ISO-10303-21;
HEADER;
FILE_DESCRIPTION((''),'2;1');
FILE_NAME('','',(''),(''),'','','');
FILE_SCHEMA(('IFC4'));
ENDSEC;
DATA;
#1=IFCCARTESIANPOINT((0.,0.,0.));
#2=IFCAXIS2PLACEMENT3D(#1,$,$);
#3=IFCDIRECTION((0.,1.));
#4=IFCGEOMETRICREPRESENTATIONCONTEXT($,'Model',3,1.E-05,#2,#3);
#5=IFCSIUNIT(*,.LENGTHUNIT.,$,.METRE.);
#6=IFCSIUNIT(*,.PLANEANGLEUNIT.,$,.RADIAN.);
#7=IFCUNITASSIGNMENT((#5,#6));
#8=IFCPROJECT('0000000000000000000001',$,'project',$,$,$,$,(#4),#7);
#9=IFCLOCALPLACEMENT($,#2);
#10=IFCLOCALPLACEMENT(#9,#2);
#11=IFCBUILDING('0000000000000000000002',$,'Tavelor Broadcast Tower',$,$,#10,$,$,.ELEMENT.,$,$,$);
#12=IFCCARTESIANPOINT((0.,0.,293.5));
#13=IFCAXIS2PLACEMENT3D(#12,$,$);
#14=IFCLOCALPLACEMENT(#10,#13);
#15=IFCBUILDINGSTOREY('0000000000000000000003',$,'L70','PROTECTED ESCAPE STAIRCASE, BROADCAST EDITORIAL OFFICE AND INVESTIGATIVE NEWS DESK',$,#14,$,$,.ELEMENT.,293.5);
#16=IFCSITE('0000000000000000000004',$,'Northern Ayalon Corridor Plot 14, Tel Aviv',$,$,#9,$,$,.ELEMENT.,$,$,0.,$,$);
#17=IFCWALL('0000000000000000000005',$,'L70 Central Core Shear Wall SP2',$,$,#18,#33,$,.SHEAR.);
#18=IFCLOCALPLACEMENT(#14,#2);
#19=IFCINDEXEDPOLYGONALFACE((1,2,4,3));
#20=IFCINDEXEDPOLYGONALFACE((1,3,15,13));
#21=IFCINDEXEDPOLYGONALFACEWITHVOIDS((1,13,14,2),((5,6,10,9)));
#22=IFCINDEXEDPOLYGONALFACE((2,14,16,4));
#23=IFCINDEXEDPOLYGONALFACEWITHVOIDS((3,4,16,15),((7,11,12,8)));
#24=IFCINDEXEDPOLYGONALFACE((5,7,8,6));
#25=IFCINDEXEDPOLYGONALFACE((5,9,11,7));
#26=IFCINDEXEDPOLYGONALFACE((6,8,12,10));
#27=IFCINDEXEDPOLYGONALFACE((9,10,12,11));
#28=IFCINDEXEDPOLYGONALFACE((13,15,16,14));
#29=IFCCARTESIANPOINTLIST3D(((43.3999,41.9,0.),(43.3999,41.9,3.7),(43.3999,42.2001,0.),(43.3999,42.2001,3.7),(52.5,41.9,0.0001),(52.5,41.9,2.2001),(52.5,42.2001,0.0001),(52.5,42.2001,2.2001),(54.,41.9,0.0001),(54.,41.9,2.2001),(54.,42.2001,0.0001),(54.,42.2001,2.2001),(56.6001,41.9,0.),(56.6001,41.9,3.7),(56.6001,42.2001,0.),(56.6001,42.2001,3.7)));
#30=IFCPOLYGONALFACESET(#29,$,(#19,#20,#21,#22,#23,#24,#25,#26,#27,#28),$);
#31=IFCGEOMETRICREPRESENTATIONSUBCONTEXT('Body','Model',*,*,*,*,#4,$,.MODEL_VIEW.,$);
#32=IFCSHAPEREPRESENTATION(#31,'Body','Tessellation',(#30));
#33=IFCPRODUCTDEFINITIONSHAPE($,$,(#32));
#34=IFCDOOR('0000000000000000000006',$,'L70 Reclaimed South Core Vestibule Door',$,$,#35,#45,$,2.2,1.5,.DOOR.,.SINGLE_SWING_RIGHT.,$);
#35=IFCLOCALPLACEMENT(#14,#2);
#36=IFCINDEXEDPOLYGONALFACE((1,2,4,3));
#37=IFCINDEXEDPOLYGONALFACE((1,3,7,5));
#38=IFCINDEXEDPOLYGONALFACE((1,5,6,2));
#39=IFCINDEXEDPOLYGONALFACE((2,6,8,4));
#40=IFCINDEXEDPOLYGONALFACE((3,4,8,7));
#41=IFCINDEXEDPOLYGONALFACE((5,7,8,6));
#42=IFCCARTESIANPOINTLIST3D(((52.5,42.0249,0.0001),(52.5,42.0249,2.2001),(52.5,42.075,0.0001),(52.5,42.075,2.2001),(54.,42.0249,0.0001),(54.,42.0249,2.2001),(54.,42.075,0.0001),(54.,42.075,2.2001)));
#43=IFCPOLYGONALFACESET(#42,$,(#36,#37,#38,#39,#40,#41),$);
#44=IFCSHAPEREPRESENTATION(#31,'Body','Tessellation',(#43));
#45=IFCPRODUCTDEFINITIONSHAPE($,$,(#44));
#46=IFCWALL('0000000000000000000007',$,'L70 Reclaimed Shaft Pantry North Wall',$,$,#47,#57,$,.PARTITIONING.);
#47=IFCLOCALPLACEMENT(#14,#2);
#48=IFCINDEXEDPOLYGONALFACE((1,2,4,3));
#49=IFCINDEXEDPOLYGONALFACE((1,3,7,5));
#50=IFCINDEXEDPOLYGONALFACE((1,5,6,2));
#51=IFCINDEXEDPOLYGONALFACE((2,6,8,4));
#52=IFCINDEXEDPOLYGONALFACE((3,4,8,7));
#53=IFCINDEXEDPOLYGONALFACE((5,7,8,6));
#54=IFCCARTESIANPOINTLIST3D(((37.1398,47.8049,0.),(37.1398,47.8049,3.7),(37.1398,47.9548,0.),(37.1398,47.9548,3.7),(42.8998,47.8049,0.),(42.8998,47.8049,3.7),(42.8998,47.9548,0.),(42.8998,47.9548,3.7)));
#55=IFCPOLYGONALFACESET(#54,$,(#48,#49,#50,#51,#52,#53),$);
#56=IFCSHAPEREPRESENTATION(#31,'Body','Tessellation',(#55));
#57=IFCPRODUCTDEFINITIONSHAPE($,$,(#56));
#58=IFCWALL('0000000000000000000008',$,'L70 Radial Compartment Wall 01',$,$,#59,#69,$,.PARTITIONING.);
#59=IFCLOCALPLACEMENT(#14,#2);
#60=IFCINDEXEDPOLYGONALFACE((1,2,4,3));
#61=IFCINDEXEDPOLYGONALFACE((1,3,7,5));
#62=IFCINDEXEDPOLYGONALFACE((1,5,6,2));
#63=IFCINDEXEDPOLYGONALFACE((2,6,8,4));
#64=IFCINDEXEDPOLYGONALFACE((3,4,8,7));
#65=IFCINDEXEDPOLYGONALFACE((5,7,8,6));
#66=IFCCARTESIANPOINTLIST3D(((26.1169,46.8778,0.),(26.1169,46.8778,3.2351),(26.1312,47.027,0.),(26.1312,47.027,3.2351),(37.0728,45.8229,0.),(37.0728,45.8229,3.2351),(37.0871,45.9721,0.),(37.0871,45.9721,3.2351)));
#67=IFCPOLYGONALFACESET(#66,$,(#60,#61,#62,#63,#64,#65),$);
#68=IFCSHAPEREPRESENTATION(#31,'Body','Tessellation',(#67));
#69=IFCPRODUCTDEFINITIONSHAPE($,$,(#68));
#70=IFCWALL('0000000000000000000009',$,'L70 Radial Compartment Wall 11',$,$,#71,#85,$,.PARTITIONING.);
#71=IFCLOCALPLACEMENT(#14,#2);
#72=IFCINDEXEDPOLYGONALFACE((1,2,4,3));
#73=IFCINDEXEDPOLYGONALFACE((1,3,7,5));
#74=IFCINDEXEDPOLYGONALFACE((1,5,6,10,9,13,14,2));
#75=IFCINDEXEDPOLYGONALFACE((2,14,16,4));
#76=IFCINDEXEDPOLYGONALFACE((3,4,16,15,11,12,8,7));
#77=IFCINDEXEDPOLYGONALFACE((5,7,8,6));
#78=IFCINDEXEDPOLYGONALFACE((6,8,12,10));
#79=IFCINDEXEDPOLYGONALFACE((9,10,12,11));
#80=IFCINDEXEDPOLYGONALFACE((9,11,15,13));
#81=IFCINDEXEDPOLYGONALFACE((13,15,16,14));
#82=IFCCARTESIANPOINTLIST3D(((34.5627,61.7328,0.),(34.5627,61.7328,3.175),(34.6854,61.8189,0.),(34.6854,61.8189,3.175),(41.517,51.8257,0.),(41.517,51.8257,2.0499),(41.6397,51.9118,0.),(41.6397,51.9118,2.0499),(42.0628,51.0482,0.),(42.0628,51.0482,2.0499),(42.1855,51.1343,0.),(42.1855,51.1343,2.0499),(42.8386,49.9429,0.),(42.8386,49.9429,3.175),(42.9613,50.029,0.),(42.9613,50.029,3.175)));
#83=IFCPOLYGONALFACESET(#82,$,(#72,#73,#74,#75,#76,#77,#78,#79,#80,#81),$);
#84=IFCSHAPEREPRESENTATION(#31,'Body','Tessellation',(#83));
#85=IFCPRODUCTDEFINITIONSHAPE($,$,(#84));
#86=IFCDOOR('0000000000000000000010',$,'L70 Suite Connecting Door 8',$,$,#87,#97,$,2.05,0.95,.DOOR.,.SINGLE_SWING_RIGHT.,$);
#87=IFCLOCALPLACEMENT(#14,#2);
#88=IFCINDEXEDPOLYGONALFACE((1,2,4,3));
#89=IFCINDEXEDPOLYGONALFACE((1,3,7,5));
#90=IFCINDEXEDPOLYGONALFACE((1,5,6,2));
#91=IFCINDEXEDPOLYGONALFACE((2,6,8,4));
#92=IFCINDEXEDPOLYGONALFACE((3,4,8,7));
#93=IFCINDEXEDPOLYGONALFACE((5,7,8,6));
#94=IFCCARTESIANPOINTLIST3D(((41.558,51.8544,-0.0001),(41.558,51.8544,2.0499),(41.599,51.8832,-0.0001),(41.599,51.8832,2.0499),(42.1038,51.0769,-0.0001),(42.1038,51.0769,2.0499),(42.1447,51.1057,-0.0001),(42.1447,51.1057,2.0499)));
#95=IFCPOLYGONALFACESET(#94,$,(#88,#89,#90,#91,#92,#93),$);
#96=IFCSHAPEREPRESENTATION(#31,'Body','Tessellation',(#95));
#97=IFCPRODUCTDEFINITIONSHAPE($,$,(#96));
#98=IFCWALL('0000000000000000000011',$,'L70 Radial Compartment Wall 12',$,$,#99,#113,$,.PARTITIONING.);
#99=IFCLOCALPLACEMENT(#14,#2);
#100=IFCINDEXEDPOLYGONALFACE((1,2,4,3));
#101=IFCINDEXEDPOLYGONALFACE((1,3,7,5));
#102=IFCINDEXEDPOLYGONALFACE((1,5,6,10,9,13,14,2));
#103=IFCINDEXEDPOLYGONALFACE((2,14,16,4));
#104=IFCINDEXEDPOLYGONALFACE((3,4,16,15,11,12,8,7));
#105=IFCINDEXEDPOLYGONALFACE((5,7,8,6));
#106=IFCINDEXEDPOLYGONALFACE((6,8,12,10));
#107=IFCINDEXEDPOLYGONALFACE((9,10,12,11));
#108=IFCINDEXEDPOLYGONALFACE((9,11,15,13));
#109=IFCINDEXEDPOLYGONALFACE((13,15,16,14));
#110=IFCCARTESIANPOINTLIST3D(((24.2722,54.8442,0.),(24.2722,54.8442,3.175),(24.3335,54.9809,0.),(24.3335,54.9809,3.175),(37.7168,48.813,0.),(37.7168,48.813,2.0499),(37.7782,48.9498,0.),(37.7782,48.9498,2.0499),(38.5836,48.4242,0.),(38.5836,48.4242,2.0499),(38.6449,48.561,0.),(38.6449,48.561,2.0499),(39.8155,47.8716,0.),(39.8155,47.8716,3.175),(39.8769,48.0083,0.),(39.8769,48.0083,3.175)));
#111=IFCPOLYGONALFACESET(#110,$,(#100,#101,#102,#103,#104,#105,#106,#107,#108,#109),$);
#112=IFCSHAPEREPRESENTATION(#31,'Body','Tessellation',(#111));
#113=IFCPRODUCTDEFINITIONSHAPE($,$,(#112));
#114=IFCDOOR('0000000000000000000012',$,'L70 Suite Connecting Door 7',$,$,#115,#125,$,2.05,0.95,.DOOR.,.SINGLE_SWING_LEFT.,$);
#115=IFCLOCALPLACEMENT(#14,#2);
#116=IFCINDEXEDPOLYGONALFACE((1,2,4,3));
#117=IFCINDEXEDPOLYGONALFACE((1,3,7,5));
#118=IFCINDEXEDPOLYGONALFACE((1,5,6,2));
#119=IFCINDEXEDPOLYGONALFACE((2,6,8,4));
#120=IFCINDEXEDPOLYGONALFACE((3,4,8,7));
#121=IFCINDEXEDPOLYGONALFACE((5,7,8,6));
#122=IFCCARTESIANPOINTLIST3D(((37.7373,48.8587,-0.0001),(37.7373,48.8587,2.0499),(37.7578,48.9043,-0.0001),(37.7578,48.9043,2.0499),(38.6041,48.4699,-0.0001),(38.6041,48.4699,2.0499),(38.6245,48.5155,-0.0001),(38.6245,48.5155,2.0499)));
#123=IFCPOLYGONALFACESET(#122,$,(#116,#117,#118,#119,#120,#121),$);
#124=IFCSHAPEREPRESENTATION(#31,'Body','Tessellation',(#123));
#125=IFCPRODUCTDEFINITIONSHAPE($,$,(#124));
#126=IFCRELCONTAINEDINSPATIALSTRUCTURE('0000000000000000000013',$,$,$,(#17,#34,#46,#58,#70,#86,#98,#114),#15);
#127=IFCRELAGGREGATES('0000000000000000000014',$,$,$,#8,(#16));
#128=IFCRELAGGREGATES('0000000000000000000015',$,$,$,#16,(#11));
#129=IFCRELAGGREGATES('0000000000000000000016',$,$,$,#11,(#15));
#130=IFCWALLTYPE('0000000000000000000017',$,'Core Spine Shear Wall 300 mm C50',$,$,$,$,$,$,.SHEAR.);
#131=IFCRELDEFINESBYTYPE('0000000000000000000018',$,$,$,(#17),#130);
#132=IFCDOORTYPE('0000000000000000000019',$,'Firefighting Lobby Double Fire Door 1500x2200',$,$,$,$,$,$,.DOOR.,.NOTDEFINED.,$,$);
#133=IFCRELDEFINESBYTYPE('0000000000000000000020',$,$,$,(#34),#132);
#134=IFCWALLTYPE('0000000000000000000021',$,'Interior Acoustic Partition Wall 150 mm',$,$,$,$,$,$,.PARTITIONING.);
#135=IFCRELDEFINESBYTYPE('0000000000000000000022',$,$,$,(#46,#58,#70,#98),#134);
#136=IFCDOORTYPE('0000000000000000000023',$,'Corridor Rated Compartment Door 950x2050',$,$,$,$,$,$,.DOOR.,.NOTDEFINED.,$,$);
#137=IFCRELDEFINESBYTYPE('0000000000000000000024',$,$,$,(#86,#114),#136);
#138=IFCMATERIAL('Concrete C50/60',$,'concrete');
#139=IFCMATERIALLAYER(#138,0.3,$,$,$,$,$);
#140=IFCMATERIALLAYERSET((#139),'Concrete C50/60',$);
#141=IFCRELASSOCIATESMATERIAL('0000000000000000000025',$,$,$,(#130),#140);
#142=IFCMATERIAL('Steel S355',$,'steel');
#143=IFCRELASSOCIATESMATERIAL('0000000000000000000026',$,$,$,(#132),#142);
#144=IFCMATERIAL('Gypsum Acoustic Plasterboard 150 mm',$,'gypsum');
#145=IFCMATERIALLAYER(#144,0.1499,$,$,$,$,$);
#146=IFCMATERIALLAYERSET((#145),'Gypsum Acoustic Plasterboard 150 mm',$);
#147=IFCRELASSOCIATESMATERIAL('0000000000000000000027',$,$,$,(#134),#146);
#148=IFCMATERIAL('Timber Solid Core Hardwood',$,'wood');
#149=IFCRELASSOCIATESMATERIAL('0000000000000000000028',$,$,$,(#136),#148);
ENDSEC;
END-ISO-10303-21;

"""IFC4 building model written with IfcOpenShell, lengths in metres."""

from ifc_helpers import new_model, si_unit, direction, frame, frame_2d, origin, place, context, subcontext, project, spatial, rectangle, extrude, material, layer, layer_set, type_object, element, fill, save


model = new_model("IFC4")

# Units and contexts
model_context = context("Model", 3, precision=1e-05, world=origin(), true_north=direction((0.0, 1.0)))
body_context = subcontext(model_context, "Body", "Model", "MODEL_VIEW")
ifc_project = project(units=[si_unit("LENGTHUNIT", "METRE"), si_unit("PLANEANGLEUNIT", "RADIAN")], contexts=[model_context])

# Site, building, storey
site_placement = place(None, origin())
site = spatial("IfcSite", under=ifc_project, at=site_placement, Name="Northern Ayalon Corridor Plot 14, Tel Aviv", CompositionType="ELEMENT", RefElevation=0.0)
building_placement = place(site_placement, origin())
building = spatial("IfcBuilding", under=site, at=building_placement, Name="Tavelor Broadcast Tower", CompositionType="ELEMENT")
storey_placement = place(building_placement, frame((0.0, 0.0, 293.5)))
storey = spatial("IfcBuildingStorey", under=building, at=storey_placement, Name="L70", Description="PROTECTED ESCAPE STAIRCASE, BROADCAST EDITORIAL OFFICE AND INVESTIGATIVE NEWS DESK", CompositionType="ELEMENT", Elevation=293.5)

# Shared definitions
ifc_material_1 = material(Name="Concrete C50/60", Category="concrete")

# Shared definitions
ifc_material_2 = material(Name="Steel S355", Category="steel")

# Shared definitions
ifc_layer_1 = layer(ifc_material_1, 0.3)
ifc_layer_set_1 = layer_set([ifc_layer_1], Name="Concrete C50/60")
wall_type_1 = type_object("IfcWallType", Name="Core Spine Shear Wall 300 mm C50", PredefinedType="SHEAR", material=ifc_layer_set_1)

# Wall, opening, door
wall_1_placement = place(storey_placement, frame((43.3999, 42.05, 0.0), z_axis=(0.0, 0.0, 1.0), x_axis=(1.0, 0.0, 0.0)))
wall_1 = element("IfcWall", 1, at=wall_1_placement, inside=storey, type_object=wall_type_1, Name="L70 Central Core Shear Wall SP2", PredefinedType="SHEAR", context=body_context, shape_type="SweptSolid", body=[
    extrude(rectangle(XDim=13.2002, YDim=0.3, at=frame_2d((6.6001, 0.0))), origin(), (0.0, 0.0, 1.0), 3.7),
])
opening_1_placement = place(wall_1_placement, frame((9.1001, 0.0, 0.0)))
opening_1 = element("IfcOpeningElement", 2, at=opening_1_placement, cuts=wall_1, PredefinedType="OPENING", context=body_context, shape_type="SweptSolid", body=[
    extrude(rectangle(XDim=1.5, YDim=2.2, at=frame_2d((0.75, 1.1001))), frame((0.0, 0.1602, 0.0), z_axis=(0.0, -1.0, 0.0), x_axis=(1.0, 0.0, 0.0)), (0.0, 0.0, 1.0), 0.3201),
])
door_type_1 = type_object("IfcDoorType", Name="Firefighting Lobby Double Fire Door 1500x2200", OperationType="NOTDEFINED", PredefinedType="DOOR", material=ifc_material_2)
door_1_placement = place(opening_1_placement, origin())
door_1 = element("IfcDoor", 3, at=door_1_placement, inside=storey, type_object=door_type_1, Name="L70 Reclaimed South Core Vestibule Door", OperationType="SINGLE_SWING_RIGHT", OverallHeight=2.2, OverallWidth=1.5, PredefinedType="DOOR", context=body_context, shape_type="SweptSolid", body=[
    extrude(rectangle(XDim=1.5, YDim=2.2, at=frame_2d((0.75, 1.1001))), frame((0.0, 0.0249, 0.0), z_axis=(0.0, -1.0, 0.0), x_axis=(1.0, 0.0, 0.0)), (0.0, 0.0, 1.0), 0.05),
])
fill(opening_1, door_1)

# Walls
ifc_material_3 = material(Name="Gypsum Acoustic Plasterboard 150 mm", Category="gypsum")
ifc_layer_2 = layer(ifc_material_3, 0.1499)
ifc_layer_set_2 = layer_set([ifc_layer_2], Name="Gypsum Acoustic Plasterboard 150 mm")
wall_type_2 = type_object("IfcWallType", Name="Interior Acoustic Partition Wall 150 mm", PredefinedType="PARTITIONING", material=ifc_layer_set_2)
wall_2_placement = place(storey_placement, frame((37.1399, 47.8799, 0.0), z_axis=(0.0, 0.0, 1.0), x_axis=(1.0, 0.0, 0.0)))
element("IfcWall", 4, at=wall_2_placement, inside=storey, type_object=wall_type_2, Name="L70 Reclaimed Shaft Pantry North Wall", PredefinedType="PARTITIONING", context=body_context, shape_type="SweptSolid", body=[
    extrude(rectangle(XDim=5.76, YDim=0.1499, at=frame_2d((2.8799, 0.0))), origin(), (0.0, 0.0, 1.0), 3.7),
])
wall_3_placement = place(storey_placement, frame((37.0801, 45.8975, 0.0), z_axis=(0.0, 0.0, 1.0), x_axis=(-0.995396, 0.095846, 0.0)))
element("IfcWall", 5, at=wall_3_placement, inside=storey, type_object=wall_type_2, Name="L70 Radial Compartment Wall 01", PredefinedType="PARTITIONING", context=body_context, shape_type="SweptSolid", body=[
    extrude(rectangle(XDim=11.0066, YDim=0.1499, at=frame_2d((5.5034, 0.0))), origin(), (0.0, 0.0, 1.0), 3.2351),
])

# Walls, openings, doors
wall_4_placement = place(storey_placement, frame((42.8999, 49.9861, 0.0), z_axis=(0.0, 0.0, 1.0), x_axis=(-0.574535, 0.81848, 0.0)))
wall_4 = element("IfcWall", 6, at=wall_4_placement, inside=storey, type_object=wall_type_2, Name="L70 Radial Compartment Wall 11", PredefinedType="PARTITIONING", context=body_context, shape_type="SweptSolid", body=[
    extrude(rectangle(XDim=14.4045, YDim=0.1499, at=frame_2d((7.2021, 0.0))), origin(), (0.0, 0.0, 1.0), 3.175),
])
opening_2_placement = place(wall_4_placement, frame((1.3501, 0.0, 0.0)))
opening_2 = element("IfcOpeningElement", 7, at=opening_2_placement, cuts=wall_4, PredefinedType="OPENING", context=body_context, shape_type="SweptSolid", body=[
    extrude(rectangle(XDim=0.95, YDim=2.05, at=frame_2d((0.4751, 1.0249))), frame((0.0, 0.085, 0.0), z_axis=(0.0, -1.0, 0.0), x_axis=(1.0, 0.0, 0.0)), (0.0, 0.0, 1.0), 0.1699),
])
ifc_material_4 = material(Name="Timber Solid Core Hardwood", Category="wood")
door_type_2 = type_object("IfcDoorType", Name="Corridor Rated Compartment Door 950x2050", OperationType="NOTDEFINED", PredefinedType="DOOR", material=ifc_material_4)
door_2_placement = place(opening_2_placement, origin())
door_2 = element("IfcDoor", 8, at=door_2_placement, inside=storey, type_object=door_type_2, Name="L70 Suite Connecting Door 8", OperationType="SINGLE_SWING_RIGHT", OverallHeight=2.05, OverallWidth=0.95, PredefinedType="DOOR", context=body_context, shape_type="SweptSolid", body=[
    extrude(rectangle(XDim=0.95, YDim=2.05, at=frame_2d((0.4751, 1.0249))), frame((0.0, 0.0249, 0.0), z_axis=(0.0, -1.0, 0.0), x_axis=(1.0, 0.0, 0.0)), (0.0, 0.0, 1.0), 0.05),
])
fill(opening_2, door_2)
wall_5_placement = place(storey_placement, frame((39.8462, 47.9399, 0.0), z_axis=(0.0, 0.0, 1.0), x_axis=(-0.912402, 0.409295, 0.0)))
wall_5 = element("IfcWall", 9, at=wall_5_placement, inside=storey, type_object=wall_type_2, Name="L70 Radial Compartment Wall 12", PredefinedType="PARTITIONING", context=body_context, shape_type="SweptSolid", body=[
    extrude(rectangle(XDim=17.0356, YDim=0.1499, at=frame_2d((8.5178, 0.0))), origin(), (0.0, 0.0, 1.0), 3.175),
])
opening_3_placement = place(wall_5_placement, frame((1.3501, 0.0, 0.0)))
opening_3 = element("IfcOpeningElement", 10, at=opening_3_placement, cuts=wall_5, PredefinedType="OPENING", context=body_context, shape_type="SweptSolid", body=[
    extrude(rectangle(XDim=0.95, YDim=2.05, at=frame_2d((0.4751, 1.0249))), frame((0.0, 0.085, 0.0), z_axis=(0.0, -1.0, 0.0), x_axis=(1.0, 0.0, 0.0)), (0.0, 0.0, 1.0), 0.1699),
])
door_3_placement = place(opening_3_placement, origin())
door_3 = element("IfcDoor", 11, at=door_3_placement, inside=storey, type_object=door_type_2, Name="L70 Suite Connecting Door 7", OperationType="SINGLE_SWING_LEFT", OverallHeight=2.05, OverallWidth=0.95, PredefinedType="DOOR", context=body_context, shape_type="SweptSolid", body=[
    extrude(rectangle(XDim=0.95, YDim=2.05, at=frame_2d((0.4751, 1.0249))), frame((0.0, 0.0249, 0.0), z_axis=(0.0, -1.0, 0.0), x_axis=(1.0, 0.0, 0.0)), (0.0, 0.0, 1.0), 0.05),
])
fill(opening_3, door_3)

save(model, "model.ifc")
